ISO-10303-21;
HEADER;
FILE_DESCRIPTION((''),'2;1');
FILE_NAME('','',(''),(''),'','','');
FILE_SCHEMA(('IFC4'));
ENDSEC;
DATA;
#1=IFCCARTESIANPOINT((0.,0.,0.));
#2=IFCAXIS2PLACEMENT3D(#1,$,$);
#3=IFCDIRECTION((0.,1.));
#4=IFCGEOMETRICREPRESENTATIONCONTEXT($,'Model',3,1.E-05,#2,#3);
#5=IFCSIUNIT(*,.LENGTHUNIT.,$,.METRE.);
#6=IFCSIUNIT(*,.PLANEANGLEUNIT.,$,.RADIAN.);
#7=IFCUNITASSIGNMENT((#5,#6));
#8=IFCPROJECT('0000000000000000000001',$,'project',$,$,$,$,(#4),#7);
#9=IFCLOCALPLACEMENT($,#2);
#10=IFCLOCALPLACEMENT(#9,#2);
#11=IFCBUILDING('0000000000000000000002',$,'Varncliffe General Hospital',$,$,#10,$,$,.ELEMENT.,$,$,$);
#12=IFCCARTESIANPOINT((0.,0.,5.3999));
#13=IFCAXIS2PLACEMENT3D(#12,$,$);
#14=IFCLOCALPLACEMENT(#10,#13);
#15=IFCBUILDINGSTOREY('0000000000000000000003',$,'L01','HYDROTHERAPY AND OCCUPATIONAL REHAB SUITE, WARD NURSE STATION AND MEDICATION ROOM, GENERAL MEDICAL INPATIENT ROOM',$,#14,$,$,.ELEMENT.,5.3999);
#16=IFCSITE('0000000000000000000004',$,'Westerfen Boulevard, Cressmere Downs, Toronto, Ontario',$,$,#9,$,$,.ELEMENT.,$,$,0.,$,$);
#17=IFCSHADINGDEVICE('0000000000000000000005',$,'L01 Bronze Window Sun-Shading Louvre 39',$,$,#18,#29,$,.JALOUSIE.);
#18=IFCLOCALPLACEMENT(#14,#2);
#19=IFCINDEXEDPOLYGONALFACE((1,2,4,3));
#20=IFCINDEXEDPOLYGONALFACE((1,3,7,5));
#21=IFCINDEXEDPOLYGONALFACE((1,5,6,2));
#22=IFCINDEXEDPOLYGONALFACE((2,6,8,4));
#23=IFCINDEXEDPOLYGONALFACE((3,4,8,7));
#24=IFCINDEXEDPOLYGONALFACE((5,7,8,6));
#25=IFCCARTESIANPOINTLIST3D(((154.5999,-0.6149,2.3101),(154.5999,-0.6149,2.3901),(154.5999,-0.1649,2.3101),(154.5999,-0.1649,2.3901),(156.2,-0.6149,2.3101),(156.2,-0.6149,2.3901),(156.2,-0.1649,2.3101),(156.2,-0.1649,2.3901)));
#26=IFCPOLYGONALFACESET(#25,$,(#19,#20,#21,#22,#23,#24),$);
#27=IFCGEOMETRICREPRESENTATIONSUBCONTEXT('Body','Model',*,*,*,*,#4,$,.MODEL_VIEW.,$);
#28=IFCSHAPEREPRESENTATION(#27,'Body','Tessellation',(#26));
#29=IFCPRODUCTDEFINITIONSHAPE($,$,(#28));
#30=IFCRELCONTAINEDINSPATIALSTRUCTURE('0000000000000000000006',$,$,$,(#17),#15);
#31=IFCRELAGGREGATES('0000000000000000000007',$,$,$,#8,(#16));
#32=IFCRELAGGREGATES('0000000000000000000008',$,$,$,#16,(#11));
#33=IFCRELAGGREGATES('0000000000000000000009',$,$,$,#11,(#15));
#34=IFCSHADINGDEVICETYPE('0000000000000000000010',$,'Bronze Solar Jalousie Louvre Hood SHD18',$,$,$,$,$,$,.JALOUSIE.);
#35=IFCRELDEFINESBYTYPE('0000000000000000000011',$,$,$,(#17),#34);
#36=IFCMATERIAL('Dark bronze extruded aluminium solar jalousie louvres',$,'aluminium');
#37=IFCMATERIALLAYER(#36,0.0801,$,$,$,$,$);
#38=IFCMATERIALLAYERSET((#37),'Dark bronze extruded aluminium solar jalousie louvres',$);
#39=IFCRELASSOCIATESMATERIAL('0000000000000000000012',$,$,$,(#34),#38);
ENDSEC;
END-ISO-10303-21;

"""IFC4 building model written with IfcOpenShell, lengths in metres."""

from ifc_helpers import new_model, si_unit, direction, frame, origin, origin_2d, place, context, subcontext, project, spatial, rectangle, extrude, material, layer, layer_set, type_object, element, save


model = new_model("IFC4")

# Units and contexts
model_context = context("Model", 3, precision=1e-05, world=origin(), true_north=direction((0.0, 1.0)))
body_context = subcontext(model_context, "Body", "Model", "MODEL_VIEW")
ifc_project = project(units=[si_unit("LENGTHUNIT", "METRE"), si_unit("PLANEANGLEUNIT", "RADIAN")], contexts=[model_context])

# Site, building, storey
site_placement = place(None, origin())
site = spatial("IfcSite", under=ifc_project, at=site_placement, Name="Westerfen Boulevard, Cressmere Downs, Toronto, Ontario", CompositionType="ELEMENT", RefElevation=0.0)
building_placement = place(site_placement, origin())
building = spatial("IfcBuilding", under=site, at=building_placement, Name="Varncliffe General Hospital", CompositionType="ELEMENT")
storey_placement = place(building_placement, frame((0.0, 0.0, 5.3999)))
storey = spatial("IfcBuildingStorey", under=building, at=storey_placement, Name="L01", Description="HYDROTHERAPY AND OCCUPATIONAL REHAB SUITE, WARD NURSE STATION AND MEDICATION ROOM, GENERAL MEDICAL INPATIENT ROOM", CompositionType="ELEMENT", Elevation=5.3999)

# Shading device
ifc_material_1 = material(Name="Dark bronze extruded aluminium solar jalousie louvres", Category="aluminium")
ifc_layer_1 = layer(ifc_material_1, 0.0801)
ifc_layer_set_1 = layer_set([ifc_layer_1], Name="Dark bronze extruded aluminium solar jalousie louvres")
shading_device_type = type_object("IfcShadingDeviceType", Name="Bronze Solar Jalousie Louvre Hood SHD18", PredefinedType="JALOUSIE", material=ifc_layer_set_1)
shading_device_placement = place(storey_placement, frame((155.3999, -0.3899, 2.3101), z_axis=(0.0, 0.0, 1.0), x_axis=(-1.0, 0.0, 0.0)))
element("IfcShadingDevice", 1, at=shading_device_placement, inside=storey, type_object=shading_device_type, Name="L01 Bronze Window Sun-Shading Louvre 39", PredefinedType="JALOUSIE", context=body_context, shape_type="SweptSolid", body=[
    extrude(rectangle(XDim=1.6001, YDim=0.45, at=origin_2d()), origin(), (0.0, 0.0, 1.0), 0.0801),
])

save(model, "model.ifc")
